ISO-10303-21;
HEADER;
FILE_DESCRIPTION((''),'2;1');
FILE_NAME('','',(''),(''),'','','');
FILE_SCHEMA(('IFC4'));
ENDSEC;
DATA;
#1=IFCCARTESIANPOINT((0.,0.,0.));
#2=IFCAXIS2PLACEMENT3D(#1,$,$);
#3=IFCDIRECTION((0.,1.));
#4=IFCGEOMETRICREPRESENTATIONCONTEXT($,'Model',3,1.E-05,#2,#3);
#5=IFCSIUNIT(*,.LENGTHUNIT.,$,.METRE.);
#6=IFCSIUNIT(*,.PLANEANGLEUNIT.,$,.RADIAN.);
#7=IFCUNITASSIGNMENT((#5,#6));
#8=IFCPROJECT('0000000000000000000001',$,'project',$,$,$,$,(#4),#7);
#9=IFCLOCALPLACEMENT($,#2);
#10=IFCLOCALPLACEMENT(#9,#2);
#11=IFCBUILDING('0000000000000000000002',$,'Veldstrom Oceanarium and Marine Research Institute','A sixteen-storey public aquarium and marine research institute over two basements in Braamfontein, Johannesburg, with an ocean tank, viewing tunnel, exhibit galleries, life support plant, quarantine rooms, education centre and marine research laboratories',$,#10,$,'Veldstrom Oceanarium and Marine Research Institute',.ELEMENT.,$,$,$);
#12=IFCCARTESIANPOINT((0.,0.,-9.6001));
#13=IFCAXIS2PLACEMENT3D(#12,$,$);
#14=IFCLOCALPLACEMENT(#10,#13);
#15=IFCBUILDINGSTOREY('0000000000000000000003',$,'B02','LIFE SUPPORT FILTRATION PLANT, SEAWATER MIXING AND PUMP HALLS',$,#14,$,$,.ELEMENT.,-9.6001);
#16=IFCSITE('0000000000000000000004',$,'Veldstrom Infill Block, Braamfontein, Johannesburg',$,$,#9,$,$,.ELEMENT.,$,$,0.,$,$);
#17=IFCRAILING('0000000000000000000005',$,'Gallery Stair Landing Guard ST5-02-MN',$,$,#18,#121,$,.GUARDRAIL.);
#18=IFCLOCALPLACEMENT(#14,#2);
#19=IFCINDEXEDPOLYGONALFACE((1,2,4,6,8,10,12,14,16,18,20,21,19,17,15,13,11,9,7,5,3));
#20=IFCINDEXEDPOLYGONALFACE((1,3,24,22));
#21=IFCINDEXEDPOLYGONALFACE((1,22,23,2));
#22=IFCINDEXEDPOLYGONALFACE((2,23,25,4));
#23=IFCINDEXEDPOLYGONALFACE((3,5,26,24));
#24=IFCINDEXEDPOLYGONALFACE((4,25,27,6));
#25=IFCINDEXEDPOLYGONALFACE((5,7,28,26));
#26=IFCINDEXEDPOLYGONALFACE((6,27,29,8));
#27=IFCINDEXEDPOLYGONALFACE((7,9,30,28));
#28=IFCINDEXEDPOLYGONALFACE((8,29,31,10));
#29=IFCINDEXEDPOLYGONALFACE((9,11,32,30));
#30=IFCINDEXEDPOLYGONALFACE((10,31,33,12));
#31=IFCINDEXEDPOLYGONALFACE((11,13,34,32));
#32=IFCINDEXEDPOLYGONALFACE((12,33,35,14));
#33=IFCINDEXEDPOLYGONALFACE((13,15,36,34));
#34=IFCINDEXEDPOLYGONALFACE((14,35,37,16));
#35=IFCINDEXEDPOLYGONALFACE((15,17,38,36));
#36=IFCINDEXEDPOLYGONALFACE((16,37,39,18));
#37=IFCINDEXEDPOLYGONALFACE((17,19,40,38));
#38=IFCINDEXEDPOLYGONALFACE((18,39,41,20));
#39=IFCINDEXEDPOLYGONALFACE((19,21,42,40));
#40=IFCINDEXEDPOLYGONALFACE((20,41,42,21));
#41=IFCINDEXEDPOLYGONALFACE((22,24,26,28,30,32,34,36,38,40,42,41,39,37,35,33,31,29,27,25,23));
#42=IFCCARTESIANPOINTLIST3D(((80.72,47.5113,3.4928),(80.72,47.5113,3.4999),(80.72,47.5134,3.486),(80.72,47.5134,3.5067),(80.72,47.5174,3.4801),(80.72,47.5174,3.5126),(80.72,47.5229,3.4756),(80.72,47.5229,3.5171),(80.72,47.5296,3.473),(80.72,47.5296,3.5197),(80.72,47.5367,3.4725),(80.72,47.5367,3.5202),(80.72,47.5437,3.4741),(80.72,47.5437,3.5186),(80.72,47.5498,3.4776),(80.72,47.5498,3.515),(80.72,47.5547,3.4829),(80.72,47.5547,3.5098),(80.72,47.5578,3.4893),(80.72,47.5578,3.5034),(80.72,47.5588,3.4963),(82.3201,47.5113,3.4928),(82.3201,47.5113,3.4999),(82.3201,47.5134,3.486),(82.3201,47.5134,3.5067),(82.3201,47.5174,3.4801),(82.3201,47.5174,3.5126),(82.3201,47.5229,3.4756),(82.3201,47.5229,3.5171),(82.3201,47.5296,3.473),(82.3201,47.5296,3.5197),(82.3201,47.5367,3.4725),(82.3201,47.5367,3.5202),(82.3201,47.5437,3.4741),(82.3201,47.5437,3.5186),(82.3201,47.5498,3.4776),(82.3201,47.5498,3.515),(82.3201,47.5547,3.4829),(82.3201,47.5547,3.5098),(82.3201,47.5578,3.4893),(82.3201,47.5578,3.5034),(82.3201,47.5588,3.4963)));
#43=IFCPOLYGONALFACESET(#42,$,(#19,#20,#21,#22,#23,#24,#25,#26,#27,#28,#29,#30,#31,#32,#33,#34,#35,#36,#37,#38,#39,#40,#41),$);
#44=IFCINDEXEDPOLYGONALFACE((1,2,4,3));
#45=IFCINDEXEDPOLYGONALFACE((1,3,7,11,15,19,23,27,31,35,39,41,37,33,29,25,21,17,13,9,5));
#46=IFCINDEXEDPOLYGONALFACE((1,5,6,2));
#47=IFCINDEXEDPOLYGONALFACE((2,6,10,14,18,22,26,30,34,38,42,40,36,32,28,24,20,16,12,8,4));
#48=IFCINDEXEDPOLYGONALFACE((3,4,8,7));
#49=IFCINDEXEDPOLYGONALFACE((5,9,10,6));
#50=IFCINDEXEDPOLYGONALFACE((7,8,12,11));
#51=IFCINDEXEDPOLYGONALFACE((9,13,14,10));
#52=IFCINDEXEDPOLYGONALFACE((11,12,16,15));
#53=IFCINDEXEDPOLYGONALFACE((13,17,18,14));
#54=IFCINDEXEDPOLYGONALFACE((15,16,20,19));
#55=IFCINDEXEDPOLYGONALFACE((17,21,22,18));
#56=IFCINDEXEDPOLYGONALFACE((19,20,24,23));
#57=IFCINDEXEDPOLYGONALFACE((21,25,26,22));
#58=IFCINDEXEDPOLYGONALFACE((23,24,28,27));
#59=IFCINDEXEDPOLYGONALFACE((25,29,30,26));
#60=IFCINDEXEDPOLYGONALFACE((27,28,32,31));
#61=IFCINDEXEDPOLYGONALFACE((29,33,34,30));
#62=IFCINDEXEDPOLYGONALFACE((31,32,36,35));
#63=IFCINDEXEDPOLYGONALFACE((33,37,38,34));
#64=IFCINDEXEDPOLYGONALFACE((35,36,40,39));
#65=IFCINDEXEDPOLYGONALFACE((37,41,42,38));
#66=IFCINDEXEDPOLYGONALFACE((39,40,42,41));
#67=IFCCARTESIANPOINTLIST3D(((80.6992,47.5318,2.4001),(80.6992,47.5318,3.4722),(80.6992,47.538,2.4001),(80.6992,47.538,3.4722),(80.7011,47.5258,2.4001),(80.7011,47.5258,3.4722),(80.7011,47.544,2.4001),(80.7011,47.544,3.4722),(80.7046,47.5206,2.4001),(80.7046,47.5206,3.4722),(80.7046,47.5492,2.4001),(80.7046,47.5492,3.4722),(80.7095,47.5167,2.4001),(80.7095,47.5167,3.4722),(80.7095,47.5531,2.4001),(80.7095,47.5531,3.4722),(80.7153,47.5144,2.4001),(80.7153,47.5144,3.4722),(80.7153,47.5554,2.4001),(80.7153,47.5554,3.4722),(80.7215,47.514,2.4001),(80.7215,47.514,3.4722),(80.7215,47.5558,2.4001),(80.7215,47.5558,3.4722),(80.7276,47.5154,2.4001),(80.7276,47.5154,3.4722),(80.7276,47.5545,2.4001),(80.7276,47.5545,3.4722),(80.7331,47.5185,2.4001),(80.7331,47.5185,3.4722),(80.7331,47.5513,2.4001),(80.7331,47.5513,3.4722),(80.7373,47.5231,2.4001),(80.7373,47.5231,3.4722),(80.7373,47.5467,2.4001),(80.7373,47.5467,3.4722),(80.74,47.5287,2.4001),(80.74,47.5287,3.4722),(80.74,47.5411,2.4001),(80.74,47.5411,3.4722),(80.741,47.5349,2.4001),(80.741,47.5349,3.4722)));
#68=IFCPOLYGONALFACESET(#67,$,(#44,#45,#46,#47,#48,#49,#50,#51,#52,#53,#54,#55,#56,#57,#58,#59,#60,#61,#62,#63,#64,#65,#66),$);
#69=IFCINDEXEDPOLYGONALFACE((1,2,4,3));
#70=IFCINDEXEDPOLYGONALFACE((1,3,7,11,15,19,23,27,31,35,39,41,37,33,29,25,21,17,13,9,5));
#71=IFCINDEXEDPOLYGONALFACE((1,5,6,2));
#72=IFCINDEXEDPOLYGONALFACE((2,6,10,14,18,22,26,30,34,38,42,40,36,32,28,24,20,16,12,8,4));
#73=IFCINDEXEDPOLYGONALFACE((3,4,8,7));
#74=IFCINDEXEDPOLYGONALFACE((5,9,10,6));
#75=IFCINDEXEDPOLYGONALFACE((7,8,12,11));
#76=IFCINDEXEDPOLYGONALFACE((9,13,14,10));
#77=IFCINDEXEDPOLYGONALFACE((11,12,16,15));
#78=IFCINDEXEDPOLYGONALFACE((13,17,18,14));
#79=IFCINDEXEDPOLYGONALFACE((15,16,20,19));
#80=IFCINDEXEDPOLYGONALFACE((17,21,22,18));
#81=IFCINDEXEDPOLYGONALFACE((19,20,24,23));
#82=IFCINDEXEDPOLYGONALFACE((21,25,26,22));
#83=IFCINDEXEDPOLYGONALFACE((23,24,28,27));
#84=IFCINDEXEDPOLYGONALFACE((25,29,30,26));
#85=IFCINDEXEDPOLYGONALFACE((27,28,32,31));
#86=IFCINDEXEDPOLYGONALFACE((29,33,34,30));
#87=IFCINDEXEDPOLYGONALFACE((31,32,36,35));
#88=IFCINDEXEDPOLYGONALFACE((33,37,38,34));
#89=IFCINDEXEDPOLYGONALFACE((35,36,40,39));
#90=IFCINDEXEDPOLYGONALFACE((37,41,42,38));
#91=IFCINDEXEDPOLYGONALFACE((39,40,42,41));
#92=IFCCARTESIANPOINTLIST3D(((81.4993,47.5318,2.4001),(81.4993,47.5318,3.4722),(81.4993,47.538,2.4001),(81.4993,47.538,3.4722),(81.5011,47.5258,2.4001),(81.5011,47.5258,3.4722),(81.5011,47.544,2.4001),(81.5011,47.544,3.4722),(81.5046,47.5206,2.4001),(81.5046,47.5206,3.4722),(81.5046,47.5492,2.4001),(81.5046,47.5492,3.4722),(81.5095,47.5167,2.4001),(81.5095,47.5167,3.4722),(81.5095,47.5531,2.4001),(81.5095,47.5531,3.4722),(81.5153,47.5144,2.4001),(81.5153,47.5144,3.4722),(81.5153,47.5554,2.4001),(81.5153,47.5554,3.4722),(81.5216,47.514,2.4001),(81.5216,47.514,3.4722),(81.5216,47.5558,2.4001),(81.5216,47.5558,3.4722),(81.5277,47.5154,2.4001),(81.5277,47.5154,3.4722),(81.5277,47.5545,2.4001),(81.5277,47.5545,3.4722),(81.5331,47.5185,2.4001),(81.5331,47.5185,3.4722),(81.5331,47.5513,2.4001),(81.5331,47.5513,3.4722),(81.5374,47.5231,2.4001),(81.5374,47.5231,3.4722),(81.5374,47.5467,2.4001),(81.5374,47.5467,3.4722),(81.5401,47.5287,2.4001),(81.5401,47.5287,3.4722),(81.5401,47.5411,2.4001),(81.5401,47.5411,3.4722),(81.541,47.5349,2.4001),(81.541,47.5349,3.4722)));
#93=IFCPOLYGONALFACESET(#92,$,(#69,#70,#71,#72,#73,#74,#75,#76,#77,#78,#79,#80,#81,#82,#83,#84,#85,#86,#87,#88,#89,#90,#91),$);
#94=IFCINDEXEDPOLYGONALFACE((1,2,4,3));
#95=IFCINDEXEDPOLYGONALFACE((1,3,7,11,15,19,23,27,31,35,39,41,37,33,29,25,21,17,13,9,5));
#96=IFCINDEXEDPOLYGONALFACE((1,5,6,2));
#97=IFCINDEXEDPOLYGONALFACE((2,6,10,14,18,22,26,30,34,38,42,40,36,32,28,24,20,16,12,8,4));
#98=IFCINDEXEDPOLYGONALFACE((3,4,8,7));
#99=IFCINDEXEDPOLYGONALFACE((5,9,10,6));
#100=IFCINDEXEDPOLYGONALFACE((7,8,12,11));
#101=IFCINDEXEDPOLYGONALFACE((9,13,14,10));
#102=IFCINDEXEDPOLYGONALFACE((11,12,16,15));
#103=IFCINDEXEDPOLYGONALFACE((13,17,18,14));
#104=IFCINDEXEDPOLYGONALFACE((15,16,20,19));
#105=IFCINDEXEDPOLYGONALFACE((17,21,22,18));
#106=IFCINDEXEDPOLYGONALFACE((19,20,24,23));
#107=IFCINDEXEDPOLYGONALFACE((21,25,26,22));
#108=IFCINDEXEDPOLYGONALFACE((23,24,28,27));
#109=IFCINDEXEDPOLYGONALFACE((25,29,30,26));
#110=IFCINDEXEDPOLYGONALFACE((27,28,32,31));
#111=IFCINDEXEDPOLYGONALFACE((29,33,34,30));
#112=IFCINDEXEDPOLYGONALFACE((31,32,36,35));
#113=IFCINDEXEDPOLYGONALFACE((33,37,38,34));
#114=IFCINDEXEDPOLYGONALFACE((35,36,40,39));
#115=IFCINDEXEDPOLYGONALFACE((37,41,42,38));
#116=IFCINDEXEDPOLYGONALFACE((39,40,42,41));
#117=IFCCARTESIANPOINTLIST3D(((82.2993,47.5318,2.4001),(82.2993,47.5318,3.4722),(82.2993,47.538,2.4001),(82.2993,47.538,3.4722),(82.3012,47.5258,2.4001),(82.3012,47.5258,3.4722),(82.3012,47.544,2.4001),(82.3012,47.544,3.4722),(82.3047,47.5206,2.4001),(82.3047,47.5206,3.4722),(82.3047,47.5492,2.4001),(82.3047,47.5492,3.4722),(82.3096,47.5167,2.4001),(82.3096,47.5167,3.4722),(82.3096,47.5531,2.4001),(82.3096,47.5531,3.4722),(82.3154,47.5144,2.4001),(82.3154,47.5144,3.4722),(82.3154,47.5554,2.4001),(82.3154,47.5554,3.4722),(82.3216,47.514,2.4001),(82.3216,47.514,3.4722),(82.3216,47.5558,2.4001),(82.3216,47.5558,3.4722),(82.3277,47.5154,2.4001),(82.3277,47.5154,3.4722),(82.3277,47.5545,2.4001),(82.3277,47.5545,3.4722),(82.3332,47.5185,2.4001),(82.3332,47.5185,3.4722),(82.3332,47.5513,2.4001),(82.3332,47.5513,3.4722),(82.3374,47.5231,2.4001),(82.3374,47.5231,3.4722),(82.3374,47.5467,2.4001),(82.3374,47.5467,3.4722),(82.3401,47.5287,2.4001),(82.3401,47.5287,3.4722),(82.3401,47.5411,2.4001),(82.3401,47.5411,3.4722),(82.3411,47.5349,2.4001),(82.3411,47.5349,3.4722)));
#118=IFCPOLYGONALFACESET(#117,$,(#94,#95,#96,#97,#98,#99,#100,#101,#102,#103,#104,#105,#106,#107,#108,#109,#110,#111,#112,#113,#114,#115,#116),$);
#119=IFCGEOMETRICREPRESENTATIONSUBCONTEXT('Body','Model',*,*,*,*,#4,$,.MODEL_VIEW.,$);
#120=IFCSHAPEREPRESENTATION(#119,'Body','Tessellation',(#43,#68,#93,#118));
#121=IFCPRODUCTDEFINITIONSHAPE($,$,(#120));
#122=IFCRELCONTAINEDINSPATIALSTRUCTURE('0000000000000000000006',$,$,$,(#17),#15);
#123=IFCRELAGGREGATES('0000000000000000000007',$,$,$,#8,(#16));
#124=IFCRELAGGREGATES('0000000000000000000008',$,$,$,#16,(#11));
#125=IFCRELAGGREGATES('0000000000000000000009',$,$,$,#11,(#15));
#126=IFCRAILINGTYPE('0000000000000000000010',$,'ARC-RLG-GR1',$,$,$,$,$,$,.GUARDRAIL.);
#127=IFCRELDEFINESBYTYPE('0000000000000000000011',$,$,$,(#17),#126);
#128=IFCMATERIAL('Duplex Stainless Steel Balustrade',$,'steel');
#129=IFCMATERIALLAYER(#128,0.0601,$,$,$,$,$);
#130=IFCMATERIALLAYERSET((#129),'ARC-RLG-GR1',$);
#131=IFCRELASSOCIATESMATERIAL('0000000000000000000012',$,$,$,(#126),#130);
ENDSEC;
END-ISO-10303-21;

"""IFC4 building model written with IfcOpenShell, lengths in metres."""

from ifc_helpers import new_model, si_unit, direction, frame, origin, origin_2d, place, context, subcontext, project, spatial, circle, extrude, material, layer, layer_set, type_object, element, save


model = new_model("IFC4")

# Units and contexts
model_context = context("Model", 3, precision=1e-05, world=origin(), true_north=direction((0.0, 1.0)))
body_context = subcontext(model_context, "Body", "Model", "MODEL_VIEW")
ifc_project = project(units=[si_unit("LENGTHUNIT", "METRE"), si_unit("PLANEANGLEUNIT", "RADIAN")], contexts=[model_context])

# Site, building, storey
site_placement = place(None, origin())
site = spatial("IfcSite", under=ifc_project, at=site_placement, Name="Veldstrom Infill Block, Braamfontein, Johannesburg", CompositionType="ELEMENT", RefElevation=0.0)
building_placement = place(site_placement, origin())
building = spatial("IfcBuilding", under=site, at=building_placement, Name="Veldstrom Oceanarium and Marine Research Institute", Description="A sixteen-storey public aquarium and marine research institute over two basements in Braamfontein, Johannesburg, with an ocean tank, viewing tunnel, exhibit galleries, life support plant, quarantine rooms, education centre and marine research laboratories", LongName="Veldstrom Oceanarium and Marine Research Institute", CompositionType="ELEMENT")
storey_placement = place(building_placement, frame((0.0, 0.0, -9.6001)))
storey = spatial("IfcBuildingStorey", under=building, at=storey_placement, Name="B02", Description="LIFE SUPPORT FILTRATION PLANT, SEAWATER MIXING AND PUMP HALLS", CompositionType="ELEMENT", Elevation=-9.6001)

# Railing
ifc_material_1 = material(Name="Duplex Stainless Steel Balustrade", Category="steel")
ifc_layer_1 = layer(ifc_material_1, 0.0601)
ifc_layer_set_1 = layer_set([ifc_layer_1], Name="ARC-RLG-GR1")
railing_type = type_object("IfcRailingType", Name="ARC-RLG-GR1", PredefinedType="GUARDRAIL", material=ifc_layer_set_1)
railing_1_placement = place(storey_placement, frame((80.72, 47.5349, 2.4001)))
element("IfcRailing", 1, at=railing_1_placement, inside=storey, type_object=railing_type, Name="Gallery Stair Landing Guard ST5-02-MN", PredefinedType="GUARDRAIL", context=body_context, shape_type="SweptSolid", body=[
    extrude(circle(Radius=0.0239, at=origin_2d()), frame((0.0, 0.0, 1.0962), z_axis=(1.0, 0.0, 0.0), x_axis=(0.0, 1.0, 0.0)), (0.0, 0.0, 1.0), 1.6001),
    extrude(circle(Radius=0.021, at=origin_2d()), origin(), (0.0, 0.0, 1.0), 1.072),
    extrude(circle(Radius=0.021, at=origin_2d()), frame((0.8, 0.0, 0.0)), (0.0, 0.0, 1.0), 1.072),
    extrude(circle(Radius=0.021, at=origin_2d()), frame((1.6001, 0.0, 0.0)), (0.0, 0.0, 1.0), 1.072),
])

save(model, "model.ifc")
